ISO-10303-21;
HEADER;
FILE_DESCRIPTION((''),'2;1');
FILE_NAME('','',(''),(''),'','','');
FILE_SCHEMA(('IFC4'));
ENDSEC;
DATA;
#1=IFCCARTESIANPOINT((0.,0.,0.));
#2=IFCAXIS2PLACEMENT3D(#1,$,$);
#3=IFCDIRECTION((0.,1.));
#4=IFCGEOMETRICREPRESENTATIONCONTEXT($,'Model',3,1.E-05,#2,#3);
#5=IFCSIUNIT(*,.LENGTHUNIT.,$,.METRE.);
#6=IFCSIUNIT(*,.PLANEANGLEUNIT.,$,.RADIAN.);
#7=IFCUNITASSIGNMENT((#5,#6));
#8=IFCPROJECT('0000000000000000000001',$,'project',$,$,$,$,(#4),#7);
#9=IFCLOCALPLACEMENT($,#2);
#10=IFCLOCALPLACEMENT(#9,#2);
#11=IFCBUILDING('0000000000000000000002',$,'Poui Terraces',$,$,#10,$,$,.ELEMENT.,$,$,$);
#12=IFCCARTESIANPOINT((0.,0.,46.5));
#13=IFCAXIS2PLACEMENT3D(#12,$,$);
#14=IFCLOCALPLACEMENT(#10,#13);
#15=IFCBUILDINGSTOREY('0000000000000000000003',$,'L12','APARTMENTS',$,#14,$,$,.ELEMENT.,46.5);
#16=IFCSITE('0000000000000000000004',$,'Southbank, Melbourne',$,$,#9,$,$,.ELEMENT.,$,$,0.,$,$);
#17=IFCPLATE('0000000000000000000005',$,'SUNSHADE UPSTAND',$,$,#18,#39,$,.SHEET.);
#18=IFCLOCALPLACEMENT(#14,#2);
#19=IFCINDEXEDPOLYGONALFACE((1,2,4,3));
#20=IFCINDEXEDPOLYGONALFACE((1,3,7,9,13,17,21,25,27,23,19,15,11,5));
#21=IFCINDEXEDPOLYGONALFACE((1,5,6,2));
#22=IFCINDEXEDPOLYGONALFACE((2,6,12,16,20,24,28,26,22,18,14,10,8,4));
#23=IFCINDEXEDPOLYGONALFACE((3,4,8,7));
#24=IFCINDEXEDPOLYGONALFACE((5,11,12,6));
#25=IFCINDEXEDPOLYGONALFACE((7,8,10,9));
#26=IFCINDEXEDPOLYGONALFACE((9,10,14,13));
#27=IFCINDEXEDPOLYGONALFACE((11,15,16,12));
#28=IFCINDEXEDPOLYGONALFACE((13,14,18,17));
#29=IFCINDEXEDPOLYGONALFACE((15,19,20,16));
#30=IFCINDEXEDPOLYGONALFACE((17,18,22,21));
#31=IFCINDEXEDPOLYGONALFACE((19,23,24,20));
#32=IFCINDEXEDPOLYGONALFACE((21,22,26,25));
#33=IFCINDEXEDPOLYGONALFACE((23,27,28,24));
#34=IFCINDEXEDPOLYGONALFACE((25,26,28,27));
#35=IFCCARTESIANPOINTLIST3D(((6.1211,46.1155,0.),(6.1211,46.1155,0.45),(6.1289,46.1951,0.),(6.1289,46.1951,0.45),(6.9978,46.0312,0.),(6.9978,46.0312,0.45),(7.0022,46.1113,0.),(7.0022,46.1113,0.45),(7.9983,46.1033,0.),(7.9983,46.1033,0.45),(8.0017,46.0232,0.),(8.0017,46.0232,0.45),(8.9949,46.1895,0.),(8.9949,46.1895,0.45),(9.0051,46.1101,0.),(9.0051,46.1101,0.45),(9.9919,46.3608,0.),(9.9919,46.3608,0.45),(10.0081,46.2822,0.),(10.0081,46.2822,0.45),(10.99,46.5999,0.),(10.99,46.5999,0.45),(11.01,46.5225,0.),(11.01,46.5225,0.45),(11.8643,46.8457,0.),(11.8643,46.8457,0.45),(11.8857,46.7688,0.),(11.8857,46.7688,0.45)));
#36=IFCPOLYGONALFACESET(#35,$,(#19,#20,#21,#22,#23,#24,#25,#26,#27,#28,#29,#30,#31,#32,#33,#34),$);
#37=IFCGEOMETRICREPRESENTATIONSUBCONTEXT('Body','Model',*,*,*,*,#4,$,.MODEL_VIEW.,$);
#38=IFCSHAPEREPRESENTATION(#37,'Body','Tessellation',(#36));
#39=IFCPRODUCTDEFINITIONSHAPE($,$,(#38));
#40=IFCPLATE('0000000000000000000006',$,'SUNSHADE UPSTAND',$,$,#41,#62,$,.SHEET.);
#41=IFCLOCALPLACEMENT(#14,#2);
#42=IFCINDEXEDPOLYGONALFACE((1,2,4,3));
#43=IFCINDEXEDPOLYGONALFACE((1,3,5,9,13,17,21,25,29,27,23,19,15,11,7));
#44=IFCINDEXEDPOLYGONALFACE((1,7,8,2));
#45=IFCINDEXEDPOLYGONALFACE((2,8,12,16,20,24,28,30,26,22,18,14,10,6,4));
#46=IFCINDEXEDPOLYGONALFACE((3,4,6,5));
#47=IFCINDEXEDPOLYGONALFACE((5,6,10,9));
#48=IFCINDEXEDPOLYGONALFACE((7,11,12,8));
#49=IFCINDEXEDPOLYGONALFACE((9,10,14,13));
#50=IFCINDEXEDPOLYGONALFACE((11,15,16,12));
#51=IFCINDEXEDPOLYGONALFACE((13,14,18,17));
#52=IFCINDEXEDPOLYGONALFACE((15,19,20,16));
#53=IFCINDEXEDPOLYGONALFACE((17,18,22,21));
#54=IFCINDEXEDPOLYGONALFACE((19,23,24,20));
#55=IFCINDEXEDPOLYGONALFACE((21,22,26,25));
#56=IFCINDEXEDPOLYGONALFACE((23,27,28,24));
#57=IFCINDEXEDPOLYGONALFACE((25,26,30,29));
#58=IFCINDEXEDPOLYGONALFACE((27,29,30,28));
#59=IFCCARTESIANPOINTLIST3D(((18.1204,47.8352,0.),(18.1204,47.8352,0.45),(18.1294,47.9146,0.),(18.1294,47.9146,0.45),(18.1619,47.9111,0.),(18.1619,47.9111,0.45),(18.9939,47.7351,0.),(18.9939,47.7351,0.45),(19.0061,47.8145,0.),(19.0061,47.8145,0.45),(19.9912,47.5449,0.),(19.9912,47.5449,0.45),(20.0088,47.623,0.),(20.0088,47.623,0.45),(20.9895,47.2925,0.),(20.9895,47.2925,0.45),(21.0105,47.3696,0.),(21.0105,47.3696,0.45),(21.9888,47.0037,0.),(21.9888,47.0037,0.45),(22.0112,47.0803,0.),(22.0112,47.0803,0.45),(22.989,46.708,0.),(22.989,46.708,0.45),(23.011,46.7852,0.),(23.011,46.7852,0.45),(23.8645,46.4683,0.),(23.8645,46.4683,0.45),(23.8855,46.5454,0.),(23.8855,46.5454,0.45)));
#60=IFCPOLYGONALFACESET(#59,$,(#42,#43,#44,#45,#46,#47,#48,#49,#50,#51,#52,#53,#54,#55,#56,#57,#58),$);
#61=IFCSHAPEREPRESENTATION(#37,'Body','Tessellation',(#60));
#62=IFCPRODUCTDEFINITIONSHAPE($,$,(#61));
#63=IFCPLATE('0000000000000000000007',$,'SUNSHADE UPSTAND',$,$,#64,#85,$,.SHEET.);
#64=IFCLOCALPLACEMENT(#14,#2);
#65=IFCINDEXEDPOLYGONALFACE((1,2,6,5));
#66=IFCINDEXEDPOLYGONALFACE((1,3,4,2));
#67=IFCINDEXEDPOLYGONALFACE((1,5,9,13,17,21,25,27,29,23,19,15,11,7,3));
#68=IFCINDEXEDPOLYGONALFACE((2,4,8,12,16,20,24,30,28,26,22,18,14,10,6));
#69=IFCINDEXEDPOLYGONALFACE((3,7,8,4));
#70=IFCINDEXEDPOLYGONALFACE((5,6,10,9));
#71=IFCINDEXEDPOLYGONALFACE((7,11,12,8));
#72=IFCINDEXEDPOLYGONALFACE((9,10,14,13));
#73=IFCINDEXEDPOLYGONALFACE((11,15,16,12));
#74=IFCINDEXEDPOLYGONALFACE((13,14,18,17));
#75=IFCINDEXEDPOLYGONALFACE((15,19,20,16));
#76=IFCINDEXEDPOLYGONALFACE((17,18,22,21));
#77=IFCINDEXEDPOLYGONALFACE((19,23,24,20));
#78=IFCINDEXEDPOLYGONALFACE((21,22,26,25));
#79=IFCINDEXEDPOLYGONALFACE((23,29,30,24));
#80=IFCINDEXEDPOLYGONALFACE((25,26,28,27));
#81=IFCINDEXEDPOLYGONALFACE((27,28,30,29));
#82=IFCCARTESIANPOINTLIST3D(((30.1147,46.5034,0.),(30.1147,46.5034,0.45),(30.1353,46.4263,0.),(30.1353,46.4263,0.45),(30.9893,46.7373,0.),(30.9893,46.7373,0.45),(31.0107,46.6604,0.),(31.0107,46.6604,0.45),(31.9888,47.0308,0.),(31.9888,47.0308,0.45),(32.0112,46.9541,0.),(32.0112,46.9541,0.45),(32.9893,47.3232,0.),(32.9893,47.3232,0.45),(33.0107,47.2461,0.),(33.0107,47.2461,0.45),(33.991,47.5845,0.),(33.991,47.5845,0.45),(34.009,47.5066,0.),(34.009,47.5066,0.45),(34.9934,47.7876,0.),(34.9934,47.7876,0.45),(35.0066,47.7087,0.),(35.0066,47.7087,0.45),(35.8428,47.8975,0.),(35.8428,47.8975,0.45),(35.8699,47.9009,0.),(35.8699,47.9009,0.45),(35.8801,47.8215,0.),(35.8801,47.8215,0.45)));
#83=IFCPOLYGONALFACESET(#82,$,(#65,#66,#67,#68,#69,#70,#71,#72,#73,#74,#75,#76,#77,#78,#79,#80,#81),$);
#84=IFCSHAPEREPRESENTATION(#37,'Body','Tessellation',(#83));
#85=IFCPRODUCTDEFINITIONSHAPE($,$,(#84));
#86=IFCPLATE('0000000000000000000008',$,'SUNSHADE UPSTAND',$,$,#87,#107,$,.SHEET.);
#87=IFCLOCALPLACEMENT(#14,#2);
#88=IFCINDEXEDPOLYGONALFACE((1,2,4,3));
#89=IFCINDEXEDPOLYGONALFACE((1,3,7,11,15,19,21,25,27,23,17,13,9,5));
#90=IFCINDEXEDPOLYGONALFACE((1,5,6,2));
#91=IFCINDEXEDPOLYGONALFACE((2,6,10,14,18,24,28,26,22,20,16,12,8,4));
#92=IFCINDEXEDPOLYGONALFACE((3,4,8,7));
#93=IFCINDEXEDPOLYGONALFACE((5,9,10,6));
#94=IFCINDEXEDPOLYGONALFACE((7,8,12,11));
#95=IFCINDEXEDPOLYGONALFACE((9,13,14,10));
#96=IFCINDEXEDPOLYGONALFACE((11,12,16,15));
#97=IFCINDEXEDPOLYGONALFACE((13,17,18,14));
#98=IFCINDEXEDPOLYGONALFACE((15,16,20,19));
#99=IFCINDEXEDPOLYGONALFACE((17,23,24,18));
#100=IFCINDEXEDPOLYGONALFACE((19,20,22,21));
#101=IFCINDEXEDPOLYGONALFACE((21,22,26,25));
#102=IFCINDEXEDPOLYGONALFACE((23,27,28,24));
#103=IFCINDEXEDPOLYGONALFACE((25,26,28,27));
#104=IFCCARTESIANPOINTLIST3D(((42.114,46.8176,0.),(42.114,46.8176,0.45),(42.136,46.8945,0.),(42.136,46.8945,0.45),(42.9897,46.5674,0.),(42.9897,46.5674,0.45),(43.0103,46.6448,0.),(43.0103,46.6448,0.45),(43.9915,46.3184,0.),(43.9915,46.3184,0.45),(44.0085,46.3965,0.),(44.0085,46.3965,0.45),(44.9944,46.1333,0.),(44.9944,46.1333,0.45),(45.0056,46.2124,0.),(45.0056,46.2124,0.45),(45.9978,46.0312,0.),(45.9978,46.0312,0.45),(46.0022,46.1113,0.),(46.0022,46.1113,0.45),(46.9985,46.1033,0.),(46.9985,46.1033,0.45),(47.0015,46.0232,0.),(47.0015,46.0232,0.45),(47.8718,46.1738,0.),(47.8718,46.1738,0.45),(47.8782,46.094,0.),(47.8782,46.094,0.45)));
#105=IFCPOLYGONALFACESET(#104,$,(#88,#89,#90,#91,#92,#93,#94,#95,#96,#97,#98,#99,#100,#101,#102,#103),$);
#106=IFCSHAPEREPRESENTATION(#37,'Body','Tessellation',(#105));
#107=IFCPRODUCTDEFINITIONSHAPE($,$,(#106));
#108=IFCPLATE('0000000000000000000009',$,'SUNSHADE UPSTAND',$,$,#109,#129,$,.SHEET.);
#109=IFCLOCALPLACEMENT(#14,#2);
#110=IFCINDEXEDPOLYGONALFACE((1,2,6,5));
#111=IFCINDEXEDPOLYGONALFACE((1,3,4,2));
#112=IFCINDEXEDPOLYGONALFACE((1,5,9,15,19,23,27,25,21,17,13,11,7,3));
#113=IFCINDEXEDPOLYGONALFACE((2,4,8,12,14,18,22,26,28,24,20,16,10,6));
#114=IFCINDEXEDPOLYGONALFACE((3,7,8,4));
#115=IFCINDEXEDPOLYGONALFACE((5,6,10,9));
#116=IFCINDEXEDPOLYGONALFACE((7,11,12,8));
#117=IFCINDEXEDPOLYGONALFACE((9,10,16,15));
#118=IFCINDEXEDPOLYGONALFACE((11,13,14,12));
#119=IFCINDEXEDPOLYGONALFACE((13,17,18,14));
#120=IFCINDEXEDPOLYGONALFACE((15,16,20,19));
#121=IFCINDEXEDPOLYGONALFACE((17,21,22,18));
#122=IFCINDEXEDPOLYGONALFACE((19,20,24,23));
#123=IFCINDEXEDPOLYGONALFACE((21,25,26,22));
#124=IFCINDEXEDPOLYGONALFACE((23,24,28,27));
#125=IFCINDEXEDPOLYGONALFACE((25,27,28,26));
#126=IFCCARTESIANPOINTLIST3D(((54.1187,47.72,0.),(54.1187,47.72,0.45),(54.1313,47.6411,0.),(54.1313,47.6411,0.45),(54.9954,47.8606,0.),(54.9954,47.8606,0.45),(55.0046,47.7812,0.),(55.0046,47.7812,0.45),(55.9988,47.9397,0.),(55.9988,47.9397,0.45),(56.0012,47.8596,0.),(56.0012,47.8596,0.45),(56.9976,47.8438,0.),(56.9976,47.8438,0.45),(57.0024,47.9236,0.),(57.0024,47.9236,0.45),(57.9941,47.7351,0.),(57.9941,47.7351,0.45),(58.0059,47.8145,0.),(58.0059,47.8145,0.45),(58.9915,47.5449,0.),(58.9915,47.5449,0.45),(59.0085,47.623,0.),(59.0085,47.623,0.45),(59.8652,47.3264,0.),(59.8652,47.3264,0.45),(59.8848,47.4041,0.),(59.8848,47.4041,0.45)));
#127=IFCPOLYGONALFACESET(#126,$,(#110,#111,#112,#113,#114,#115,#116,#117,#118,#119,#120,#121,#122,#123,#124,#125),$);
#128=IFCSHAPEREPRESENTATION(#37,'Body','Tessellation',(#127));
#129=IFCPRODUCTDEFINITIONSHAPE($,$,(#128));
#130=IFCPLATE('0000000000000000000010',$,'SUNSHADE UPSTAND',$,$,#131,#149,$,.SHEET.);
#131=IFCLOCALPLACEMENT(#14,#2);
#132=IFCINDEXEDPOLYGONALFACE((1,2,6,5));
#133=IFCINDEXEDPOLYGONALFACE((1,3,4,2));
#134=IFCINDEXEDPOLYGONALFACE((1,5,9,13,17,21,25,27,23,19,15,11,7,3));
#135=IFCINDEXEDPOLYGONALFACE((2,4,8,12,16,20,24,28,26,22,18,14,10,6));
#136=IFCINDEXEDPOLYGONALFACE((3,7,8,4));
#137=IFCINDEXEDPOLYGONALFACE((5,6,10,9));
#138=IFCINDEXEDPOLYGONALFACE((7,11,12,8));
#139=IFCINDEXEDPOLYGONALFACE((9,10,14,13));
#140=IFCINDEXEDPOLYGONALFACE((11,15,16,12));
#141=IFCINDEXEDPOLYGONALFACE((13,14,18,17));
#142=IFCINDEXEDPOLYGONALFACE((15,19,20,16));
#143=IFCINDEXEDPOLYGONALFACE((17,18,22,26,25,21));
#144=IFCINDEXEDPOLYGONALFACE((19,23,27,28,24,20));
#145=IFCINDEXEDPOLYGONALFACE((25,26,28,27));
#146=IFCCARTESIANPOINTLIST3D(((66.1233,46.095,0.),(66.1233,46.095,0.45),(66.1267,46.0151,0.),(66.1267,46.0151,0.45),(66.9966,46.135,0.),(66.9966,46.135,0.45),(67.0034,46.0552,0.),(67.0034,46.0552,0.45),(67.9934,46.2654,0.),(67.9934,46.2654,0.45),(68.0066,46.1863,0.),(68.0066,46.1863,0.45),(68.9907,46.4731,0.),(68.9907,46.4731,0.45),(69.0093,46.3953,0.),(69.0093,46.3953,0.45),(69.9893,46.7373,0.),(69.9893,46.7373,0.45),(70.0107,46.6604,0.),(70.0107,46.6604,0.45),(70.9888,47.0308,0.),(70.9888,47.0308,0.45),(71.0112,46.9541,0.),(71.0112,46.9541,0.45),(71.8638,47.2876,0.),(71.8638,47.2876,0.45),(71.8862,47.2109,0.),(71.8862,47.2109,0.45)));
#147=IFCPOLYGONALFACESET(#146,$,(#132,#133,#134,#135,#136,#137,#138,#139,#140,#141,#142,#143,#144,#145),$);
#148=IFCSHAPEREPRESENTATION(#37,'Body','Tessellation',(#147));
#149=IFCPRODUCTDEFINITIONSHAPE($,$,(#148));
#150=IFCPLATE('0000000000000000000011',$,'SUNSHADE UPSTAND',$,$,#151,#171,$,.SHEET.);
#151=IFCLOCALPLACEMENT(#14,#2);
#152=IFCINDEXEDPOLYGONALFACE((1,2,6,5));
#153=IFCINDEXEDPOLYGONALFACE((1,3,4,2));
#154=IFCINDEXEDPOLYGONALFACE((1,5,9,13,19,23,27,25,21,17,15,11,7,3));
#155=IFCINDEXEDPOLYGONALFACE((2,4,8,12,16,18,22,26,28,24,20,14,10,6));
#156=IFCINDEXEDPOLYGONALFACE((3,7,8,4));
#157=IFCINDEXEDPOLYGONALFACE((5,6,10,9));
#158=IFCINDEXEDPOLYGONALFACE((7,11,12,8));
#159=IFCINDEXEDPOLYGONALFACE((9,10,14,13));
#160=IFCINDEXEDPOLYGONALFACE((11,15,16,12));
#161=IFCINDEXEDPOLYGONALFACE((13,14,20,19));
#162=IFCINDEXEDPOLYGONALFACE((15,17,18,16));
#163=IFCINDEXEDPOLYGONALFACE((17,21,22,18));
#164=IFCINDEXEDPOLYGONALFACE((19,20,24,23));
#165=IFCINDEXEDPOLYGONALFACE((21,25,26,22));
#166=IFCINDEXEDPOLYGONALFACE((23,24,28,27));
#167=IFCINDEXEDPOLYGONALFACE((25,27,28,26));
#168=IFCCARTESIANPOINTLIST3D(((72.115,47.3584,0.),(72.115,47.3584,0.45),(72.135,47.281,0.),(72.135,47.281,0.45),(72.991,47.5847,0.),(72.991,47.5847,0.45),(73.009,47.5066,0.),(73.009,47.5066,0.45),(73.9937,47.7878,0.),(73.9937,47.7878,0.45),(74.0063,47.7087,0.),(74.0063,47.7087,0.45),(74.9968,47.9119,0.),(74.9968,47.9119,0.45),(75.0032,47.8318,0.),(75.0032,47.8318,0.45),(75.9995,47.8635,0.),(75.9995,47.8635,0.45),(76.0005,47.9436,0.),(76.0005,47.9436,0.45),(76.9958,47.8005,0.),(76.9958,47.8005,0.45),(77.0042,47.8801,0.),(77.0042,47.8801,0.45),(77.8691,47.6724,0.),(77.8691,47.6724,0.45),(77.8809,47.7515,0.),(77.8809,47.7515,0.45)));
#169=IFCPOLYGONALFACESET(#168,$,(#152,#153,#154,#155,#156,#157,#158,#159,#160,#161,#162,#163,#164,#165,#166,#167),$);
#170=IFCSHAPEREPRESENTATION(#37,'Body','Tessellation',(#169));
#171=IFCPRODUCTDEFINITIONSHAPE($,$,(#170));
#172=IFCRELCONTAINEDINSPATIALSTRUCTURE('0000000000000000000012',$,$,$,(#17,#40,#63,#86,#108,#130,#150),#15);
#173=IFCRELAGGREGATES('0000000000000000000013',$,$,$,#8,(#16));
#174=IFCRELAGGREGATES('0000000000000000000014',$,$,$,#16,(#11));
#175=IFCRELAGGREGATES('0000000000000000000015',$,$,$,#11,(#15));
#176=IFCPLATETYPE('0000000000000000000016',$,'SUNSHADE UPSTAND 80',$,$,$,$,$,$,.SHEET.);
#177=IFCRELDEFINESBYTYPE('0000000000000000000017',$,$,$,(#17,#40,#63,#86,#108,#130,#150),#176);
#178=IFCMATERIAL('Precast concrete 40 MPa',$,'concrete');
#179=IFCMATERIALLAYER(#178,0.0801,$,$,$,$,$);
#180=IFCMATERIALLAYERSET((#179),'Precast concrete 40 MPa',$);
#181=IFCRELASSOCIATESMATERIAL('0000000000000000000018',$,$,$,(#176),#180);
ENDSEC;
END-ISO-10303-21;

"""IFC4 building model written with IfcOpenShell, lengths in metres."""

from ifc_helpers import new_model, si_unit, direction, frame, origin, place, context, subcontext, project, spatial, polyline, outline, extrude, material, layer, layer_set, type_object, element, save


model = new_model("IFC4")

# Units and contexts
model_context = context("Model", 3, precision=1e-05, world=origin(), true_north=direction((0.0, 1.0)))
body_context = subcontext(model_context, "Body", "Model", "MODEL_VIEW")
ifc_project = project(units=[si_unit("LENGTHUNIT", "METRE"), si_unit("PLANEANGLEUNIT", "RADIAN")], contexts=[model_context])

# Site, building, storey
site_placement = place(None, origin())
site = spatial("IfcSite", under=ifc_project, at=site_placement, Name="Southbank, Melbourne", CompositionType="ELEMENT", RefElevation=0.0)
building_placement = place(site_placement, origin())
building = spatial("IfcBuilding", under=site, at=building_placement, Name="Poui Terraces", CompositionType="ELEMENT")
storey_placement = place(building_placement, frame((0.0, 0.0, 46.5)))
storey = spatial("IfcBuildingStorey", under=building, at=storey_placement, Name="L12", Description="APARTMENTS", CompositionType="ELEMENT", Elevation=46.5)

# Shared definitions
ifc_material_1 = material(Name="Precast concrete 40 MPa", Category="concrete")

# Plates
ifc_layer_1 = layer(ifc_material_1, 0.0801)
ifc_layer_set_1 = layer_set([ifc_layer_1], Name="Precast concrete 40 MPa")
plate_type = type_object("IfcPlateType", Name="SUNSHADE UPSTAND 80", PredefinedType="SHEET", material=ifc_layer_set_1)
plate_1_placement = place(storey_placement, origin())
element("IfcPlate", 1, at=plate_1_placement, inside=storey, type_object=plate_type, Name="SUNSHADE UPSTAND", PredefinedType="SHEET", context=body_context, shape_type="SweptSolid", body=[
    extrude(outline(polyline([(7.0022, 46.1113), (6.1289, 46.1951), (6.1211, 46.1155), (6.9978, 46.0312), (8.0017, 46.0232), (9.0051, 46.1101), (10.0081, 46.2822), (11.01, 46.5225), (11.8857, 46.7688), (11.8643, 46.8457), (10.99, 46.5999), (9.9919, 46.3608), (8.9949, 46.1895), (7.9983, 46.1033), (7.0022, 46.1113)])), origin(), (0.0, 0.0, 1.0), 0.45),
])
plate_2_placement = place(storey_placement, origin())
element("IfcPlate", 2, at=plate_2_placement, inside=storey, type_object=plate_type, Name="SUNSHADE UPSTAND", PredefinedType="SHEET", context=body_context, shape_type="SweptSolid", body=[
    extrude(outline(polyline([(19.0061, 47.8145), (18.1619, 47.9111), (18.1294, 47.9146), (18.1204, 47.8352), (18.9939, 47.7351), (19.9912, 47.5449), (20.9895, 47.2925), (21.9888, 47.0037), (22.989, 46.708), (23.8645, 46.4683), (23.8855, 46.5454), (23.011, 46.7852), (22.0112, 47.0803), (21.0105, 47.3696), (20.0088, 47.623), (19.0061, 47.8145)])), origin(), (0.0, 0.0, 1.0), 0.45),
])
plate_3_placement = place(storey_placement, origin())
element("IfcPlate", 3, at=plate_3_placement, inside=storey, type_object=plate_type, Name="SUNSHADE UPSTAND", PredefinedType="SHEET", context=body_context, shape_type="SweptSolid", body=[
    extrude(outline(polyline([(30.9893, 46.7373), (30.1147, 46.5034), (30.1353, 46.4263), (31.0107, 46.6604), (32.0112, 46.9541), (33.0107, 47.2461), (34.009, 47.5066), (35.0066, 47.7087), (35.8801, 47.8215), (35.8699, 47.9009), (35.8428, 47.8975), (34.9934, 47.7876), (33.991, 47.5845), (32.9893, 47.3232), (31.9888, 47.0308), (30.9893, 46.7373)])), origin(), (0.0, 0.0, 1.0), 0.45),
])
plate_4_placement = place(storey_placement, origin())
element("IfcPlate", 4, at=plate_4_placement, inside=storey, type_object=plate_type, Name="SUNSHADE UPSTAND", PredefinedType="SHEET", context=body_context, shape_type="SweptSolid", body=[
    extrude(outline(polyline([(43.0103, 46.6448), (42.136, 46.8945), (42.114, 46.8176), (42.9897, 46.5674), (43.9915, 46.3184), (44.9944, 46.1333), (45.9978, 46.0312), (47.0015, 46.0232), (47.8782, 46.094), (47.8718, 46.1738), (46.9985, 46.1033), (46.0022, 46.1113), (45.0056, 46.2124), (44.0085, 46.3965), (43.0103, 46.6448)])), origin(), (0.0, 0.0, 1.0), 0.45),
])
plate_5_placement = place(storey_placement, origin())
element("IfcPlate", 5, at=plate_5_placement, inside=storey, type_object=plate_type, Name="SUNSHADE UPSTAND", PredefinedType="SHEET", context=body_context, shape_type="SweptSolid", body=[
    extrude(outline(polyline([(54.9954, 47.8606), (54.1187, 47.72), (54.1313, 47.6411), (55.0046, 47.7812), (56.0012, 47.8596), (56.9976, 47.8438), (57.9941, 47.7351), (58.9915, 47.5449), (59.8652, 47.3264), (59.8848, 47.4041), (59.0085, 47.623), (58.0059, 47.8145), (57.0024, 47.9236), (55.9988, 47.9397), (54.9954, 47.8606)])), origin(), (0.0, 0.0, 1.0), 0.45),
])
plate_6_placement = place(storey_placement, origin())
element("IfcPlate", 6, at=plate_6_placement, inside=storey, type_object=plate_type, Name="SUNSHADE UPSTAND", PredefinedType="SHEET", context=body_context, shape_type="SweptSolid", body=[
    extrude(outline(polyline([(66.9966, 46.135), (66.1233, 46.095), (66.1267, 46.0151), (67.0034, 46.0552), (68.0066, 46.1863), (69.0093, 46.3953), (70.0107, 46.6604), (71.0112, 46.9541), (71.8862, 47.2109), (71.8638, 47.2876), (70.9888, 47.0308), (69.9893, 46.7373), (68.9907, 46.4731), (67.9934, 46.2654), (66.9966, 46.135)])), origin(), (0.0, 0.0, 1.0), 0.45),
])
plate_7_placement = place(storey_placement, origin())
element("IfcPlate", 7, at=plate_7_placement, inside=storey, type_object=plate_type, Name="SUNSHADE UPSTAND", PredefinedType="SHEET", context=body_context, shape_type="SweptSolid", body=[
    extrude(outline(polyline([(72.991, 47.5847), (72.115, 47.3584), (72.135, 47.281), (73.009, 47.5066), (74.0063, 47.7087), (75.0032, 47.8318), (75.9995, 47.8635), (76.9958, 47.8005), (77.8691, 47.6724), (77.8809, 47.7515), (77.0042, 47.8801), (76.0005, 47.9436), (74.9968, 47.9119), (73.9937, 47.7878), (72.991, 47.5847)])), origin(), (0.0, 0.0, 1.0), 0.45),
])

save(model, "model.ifc")
